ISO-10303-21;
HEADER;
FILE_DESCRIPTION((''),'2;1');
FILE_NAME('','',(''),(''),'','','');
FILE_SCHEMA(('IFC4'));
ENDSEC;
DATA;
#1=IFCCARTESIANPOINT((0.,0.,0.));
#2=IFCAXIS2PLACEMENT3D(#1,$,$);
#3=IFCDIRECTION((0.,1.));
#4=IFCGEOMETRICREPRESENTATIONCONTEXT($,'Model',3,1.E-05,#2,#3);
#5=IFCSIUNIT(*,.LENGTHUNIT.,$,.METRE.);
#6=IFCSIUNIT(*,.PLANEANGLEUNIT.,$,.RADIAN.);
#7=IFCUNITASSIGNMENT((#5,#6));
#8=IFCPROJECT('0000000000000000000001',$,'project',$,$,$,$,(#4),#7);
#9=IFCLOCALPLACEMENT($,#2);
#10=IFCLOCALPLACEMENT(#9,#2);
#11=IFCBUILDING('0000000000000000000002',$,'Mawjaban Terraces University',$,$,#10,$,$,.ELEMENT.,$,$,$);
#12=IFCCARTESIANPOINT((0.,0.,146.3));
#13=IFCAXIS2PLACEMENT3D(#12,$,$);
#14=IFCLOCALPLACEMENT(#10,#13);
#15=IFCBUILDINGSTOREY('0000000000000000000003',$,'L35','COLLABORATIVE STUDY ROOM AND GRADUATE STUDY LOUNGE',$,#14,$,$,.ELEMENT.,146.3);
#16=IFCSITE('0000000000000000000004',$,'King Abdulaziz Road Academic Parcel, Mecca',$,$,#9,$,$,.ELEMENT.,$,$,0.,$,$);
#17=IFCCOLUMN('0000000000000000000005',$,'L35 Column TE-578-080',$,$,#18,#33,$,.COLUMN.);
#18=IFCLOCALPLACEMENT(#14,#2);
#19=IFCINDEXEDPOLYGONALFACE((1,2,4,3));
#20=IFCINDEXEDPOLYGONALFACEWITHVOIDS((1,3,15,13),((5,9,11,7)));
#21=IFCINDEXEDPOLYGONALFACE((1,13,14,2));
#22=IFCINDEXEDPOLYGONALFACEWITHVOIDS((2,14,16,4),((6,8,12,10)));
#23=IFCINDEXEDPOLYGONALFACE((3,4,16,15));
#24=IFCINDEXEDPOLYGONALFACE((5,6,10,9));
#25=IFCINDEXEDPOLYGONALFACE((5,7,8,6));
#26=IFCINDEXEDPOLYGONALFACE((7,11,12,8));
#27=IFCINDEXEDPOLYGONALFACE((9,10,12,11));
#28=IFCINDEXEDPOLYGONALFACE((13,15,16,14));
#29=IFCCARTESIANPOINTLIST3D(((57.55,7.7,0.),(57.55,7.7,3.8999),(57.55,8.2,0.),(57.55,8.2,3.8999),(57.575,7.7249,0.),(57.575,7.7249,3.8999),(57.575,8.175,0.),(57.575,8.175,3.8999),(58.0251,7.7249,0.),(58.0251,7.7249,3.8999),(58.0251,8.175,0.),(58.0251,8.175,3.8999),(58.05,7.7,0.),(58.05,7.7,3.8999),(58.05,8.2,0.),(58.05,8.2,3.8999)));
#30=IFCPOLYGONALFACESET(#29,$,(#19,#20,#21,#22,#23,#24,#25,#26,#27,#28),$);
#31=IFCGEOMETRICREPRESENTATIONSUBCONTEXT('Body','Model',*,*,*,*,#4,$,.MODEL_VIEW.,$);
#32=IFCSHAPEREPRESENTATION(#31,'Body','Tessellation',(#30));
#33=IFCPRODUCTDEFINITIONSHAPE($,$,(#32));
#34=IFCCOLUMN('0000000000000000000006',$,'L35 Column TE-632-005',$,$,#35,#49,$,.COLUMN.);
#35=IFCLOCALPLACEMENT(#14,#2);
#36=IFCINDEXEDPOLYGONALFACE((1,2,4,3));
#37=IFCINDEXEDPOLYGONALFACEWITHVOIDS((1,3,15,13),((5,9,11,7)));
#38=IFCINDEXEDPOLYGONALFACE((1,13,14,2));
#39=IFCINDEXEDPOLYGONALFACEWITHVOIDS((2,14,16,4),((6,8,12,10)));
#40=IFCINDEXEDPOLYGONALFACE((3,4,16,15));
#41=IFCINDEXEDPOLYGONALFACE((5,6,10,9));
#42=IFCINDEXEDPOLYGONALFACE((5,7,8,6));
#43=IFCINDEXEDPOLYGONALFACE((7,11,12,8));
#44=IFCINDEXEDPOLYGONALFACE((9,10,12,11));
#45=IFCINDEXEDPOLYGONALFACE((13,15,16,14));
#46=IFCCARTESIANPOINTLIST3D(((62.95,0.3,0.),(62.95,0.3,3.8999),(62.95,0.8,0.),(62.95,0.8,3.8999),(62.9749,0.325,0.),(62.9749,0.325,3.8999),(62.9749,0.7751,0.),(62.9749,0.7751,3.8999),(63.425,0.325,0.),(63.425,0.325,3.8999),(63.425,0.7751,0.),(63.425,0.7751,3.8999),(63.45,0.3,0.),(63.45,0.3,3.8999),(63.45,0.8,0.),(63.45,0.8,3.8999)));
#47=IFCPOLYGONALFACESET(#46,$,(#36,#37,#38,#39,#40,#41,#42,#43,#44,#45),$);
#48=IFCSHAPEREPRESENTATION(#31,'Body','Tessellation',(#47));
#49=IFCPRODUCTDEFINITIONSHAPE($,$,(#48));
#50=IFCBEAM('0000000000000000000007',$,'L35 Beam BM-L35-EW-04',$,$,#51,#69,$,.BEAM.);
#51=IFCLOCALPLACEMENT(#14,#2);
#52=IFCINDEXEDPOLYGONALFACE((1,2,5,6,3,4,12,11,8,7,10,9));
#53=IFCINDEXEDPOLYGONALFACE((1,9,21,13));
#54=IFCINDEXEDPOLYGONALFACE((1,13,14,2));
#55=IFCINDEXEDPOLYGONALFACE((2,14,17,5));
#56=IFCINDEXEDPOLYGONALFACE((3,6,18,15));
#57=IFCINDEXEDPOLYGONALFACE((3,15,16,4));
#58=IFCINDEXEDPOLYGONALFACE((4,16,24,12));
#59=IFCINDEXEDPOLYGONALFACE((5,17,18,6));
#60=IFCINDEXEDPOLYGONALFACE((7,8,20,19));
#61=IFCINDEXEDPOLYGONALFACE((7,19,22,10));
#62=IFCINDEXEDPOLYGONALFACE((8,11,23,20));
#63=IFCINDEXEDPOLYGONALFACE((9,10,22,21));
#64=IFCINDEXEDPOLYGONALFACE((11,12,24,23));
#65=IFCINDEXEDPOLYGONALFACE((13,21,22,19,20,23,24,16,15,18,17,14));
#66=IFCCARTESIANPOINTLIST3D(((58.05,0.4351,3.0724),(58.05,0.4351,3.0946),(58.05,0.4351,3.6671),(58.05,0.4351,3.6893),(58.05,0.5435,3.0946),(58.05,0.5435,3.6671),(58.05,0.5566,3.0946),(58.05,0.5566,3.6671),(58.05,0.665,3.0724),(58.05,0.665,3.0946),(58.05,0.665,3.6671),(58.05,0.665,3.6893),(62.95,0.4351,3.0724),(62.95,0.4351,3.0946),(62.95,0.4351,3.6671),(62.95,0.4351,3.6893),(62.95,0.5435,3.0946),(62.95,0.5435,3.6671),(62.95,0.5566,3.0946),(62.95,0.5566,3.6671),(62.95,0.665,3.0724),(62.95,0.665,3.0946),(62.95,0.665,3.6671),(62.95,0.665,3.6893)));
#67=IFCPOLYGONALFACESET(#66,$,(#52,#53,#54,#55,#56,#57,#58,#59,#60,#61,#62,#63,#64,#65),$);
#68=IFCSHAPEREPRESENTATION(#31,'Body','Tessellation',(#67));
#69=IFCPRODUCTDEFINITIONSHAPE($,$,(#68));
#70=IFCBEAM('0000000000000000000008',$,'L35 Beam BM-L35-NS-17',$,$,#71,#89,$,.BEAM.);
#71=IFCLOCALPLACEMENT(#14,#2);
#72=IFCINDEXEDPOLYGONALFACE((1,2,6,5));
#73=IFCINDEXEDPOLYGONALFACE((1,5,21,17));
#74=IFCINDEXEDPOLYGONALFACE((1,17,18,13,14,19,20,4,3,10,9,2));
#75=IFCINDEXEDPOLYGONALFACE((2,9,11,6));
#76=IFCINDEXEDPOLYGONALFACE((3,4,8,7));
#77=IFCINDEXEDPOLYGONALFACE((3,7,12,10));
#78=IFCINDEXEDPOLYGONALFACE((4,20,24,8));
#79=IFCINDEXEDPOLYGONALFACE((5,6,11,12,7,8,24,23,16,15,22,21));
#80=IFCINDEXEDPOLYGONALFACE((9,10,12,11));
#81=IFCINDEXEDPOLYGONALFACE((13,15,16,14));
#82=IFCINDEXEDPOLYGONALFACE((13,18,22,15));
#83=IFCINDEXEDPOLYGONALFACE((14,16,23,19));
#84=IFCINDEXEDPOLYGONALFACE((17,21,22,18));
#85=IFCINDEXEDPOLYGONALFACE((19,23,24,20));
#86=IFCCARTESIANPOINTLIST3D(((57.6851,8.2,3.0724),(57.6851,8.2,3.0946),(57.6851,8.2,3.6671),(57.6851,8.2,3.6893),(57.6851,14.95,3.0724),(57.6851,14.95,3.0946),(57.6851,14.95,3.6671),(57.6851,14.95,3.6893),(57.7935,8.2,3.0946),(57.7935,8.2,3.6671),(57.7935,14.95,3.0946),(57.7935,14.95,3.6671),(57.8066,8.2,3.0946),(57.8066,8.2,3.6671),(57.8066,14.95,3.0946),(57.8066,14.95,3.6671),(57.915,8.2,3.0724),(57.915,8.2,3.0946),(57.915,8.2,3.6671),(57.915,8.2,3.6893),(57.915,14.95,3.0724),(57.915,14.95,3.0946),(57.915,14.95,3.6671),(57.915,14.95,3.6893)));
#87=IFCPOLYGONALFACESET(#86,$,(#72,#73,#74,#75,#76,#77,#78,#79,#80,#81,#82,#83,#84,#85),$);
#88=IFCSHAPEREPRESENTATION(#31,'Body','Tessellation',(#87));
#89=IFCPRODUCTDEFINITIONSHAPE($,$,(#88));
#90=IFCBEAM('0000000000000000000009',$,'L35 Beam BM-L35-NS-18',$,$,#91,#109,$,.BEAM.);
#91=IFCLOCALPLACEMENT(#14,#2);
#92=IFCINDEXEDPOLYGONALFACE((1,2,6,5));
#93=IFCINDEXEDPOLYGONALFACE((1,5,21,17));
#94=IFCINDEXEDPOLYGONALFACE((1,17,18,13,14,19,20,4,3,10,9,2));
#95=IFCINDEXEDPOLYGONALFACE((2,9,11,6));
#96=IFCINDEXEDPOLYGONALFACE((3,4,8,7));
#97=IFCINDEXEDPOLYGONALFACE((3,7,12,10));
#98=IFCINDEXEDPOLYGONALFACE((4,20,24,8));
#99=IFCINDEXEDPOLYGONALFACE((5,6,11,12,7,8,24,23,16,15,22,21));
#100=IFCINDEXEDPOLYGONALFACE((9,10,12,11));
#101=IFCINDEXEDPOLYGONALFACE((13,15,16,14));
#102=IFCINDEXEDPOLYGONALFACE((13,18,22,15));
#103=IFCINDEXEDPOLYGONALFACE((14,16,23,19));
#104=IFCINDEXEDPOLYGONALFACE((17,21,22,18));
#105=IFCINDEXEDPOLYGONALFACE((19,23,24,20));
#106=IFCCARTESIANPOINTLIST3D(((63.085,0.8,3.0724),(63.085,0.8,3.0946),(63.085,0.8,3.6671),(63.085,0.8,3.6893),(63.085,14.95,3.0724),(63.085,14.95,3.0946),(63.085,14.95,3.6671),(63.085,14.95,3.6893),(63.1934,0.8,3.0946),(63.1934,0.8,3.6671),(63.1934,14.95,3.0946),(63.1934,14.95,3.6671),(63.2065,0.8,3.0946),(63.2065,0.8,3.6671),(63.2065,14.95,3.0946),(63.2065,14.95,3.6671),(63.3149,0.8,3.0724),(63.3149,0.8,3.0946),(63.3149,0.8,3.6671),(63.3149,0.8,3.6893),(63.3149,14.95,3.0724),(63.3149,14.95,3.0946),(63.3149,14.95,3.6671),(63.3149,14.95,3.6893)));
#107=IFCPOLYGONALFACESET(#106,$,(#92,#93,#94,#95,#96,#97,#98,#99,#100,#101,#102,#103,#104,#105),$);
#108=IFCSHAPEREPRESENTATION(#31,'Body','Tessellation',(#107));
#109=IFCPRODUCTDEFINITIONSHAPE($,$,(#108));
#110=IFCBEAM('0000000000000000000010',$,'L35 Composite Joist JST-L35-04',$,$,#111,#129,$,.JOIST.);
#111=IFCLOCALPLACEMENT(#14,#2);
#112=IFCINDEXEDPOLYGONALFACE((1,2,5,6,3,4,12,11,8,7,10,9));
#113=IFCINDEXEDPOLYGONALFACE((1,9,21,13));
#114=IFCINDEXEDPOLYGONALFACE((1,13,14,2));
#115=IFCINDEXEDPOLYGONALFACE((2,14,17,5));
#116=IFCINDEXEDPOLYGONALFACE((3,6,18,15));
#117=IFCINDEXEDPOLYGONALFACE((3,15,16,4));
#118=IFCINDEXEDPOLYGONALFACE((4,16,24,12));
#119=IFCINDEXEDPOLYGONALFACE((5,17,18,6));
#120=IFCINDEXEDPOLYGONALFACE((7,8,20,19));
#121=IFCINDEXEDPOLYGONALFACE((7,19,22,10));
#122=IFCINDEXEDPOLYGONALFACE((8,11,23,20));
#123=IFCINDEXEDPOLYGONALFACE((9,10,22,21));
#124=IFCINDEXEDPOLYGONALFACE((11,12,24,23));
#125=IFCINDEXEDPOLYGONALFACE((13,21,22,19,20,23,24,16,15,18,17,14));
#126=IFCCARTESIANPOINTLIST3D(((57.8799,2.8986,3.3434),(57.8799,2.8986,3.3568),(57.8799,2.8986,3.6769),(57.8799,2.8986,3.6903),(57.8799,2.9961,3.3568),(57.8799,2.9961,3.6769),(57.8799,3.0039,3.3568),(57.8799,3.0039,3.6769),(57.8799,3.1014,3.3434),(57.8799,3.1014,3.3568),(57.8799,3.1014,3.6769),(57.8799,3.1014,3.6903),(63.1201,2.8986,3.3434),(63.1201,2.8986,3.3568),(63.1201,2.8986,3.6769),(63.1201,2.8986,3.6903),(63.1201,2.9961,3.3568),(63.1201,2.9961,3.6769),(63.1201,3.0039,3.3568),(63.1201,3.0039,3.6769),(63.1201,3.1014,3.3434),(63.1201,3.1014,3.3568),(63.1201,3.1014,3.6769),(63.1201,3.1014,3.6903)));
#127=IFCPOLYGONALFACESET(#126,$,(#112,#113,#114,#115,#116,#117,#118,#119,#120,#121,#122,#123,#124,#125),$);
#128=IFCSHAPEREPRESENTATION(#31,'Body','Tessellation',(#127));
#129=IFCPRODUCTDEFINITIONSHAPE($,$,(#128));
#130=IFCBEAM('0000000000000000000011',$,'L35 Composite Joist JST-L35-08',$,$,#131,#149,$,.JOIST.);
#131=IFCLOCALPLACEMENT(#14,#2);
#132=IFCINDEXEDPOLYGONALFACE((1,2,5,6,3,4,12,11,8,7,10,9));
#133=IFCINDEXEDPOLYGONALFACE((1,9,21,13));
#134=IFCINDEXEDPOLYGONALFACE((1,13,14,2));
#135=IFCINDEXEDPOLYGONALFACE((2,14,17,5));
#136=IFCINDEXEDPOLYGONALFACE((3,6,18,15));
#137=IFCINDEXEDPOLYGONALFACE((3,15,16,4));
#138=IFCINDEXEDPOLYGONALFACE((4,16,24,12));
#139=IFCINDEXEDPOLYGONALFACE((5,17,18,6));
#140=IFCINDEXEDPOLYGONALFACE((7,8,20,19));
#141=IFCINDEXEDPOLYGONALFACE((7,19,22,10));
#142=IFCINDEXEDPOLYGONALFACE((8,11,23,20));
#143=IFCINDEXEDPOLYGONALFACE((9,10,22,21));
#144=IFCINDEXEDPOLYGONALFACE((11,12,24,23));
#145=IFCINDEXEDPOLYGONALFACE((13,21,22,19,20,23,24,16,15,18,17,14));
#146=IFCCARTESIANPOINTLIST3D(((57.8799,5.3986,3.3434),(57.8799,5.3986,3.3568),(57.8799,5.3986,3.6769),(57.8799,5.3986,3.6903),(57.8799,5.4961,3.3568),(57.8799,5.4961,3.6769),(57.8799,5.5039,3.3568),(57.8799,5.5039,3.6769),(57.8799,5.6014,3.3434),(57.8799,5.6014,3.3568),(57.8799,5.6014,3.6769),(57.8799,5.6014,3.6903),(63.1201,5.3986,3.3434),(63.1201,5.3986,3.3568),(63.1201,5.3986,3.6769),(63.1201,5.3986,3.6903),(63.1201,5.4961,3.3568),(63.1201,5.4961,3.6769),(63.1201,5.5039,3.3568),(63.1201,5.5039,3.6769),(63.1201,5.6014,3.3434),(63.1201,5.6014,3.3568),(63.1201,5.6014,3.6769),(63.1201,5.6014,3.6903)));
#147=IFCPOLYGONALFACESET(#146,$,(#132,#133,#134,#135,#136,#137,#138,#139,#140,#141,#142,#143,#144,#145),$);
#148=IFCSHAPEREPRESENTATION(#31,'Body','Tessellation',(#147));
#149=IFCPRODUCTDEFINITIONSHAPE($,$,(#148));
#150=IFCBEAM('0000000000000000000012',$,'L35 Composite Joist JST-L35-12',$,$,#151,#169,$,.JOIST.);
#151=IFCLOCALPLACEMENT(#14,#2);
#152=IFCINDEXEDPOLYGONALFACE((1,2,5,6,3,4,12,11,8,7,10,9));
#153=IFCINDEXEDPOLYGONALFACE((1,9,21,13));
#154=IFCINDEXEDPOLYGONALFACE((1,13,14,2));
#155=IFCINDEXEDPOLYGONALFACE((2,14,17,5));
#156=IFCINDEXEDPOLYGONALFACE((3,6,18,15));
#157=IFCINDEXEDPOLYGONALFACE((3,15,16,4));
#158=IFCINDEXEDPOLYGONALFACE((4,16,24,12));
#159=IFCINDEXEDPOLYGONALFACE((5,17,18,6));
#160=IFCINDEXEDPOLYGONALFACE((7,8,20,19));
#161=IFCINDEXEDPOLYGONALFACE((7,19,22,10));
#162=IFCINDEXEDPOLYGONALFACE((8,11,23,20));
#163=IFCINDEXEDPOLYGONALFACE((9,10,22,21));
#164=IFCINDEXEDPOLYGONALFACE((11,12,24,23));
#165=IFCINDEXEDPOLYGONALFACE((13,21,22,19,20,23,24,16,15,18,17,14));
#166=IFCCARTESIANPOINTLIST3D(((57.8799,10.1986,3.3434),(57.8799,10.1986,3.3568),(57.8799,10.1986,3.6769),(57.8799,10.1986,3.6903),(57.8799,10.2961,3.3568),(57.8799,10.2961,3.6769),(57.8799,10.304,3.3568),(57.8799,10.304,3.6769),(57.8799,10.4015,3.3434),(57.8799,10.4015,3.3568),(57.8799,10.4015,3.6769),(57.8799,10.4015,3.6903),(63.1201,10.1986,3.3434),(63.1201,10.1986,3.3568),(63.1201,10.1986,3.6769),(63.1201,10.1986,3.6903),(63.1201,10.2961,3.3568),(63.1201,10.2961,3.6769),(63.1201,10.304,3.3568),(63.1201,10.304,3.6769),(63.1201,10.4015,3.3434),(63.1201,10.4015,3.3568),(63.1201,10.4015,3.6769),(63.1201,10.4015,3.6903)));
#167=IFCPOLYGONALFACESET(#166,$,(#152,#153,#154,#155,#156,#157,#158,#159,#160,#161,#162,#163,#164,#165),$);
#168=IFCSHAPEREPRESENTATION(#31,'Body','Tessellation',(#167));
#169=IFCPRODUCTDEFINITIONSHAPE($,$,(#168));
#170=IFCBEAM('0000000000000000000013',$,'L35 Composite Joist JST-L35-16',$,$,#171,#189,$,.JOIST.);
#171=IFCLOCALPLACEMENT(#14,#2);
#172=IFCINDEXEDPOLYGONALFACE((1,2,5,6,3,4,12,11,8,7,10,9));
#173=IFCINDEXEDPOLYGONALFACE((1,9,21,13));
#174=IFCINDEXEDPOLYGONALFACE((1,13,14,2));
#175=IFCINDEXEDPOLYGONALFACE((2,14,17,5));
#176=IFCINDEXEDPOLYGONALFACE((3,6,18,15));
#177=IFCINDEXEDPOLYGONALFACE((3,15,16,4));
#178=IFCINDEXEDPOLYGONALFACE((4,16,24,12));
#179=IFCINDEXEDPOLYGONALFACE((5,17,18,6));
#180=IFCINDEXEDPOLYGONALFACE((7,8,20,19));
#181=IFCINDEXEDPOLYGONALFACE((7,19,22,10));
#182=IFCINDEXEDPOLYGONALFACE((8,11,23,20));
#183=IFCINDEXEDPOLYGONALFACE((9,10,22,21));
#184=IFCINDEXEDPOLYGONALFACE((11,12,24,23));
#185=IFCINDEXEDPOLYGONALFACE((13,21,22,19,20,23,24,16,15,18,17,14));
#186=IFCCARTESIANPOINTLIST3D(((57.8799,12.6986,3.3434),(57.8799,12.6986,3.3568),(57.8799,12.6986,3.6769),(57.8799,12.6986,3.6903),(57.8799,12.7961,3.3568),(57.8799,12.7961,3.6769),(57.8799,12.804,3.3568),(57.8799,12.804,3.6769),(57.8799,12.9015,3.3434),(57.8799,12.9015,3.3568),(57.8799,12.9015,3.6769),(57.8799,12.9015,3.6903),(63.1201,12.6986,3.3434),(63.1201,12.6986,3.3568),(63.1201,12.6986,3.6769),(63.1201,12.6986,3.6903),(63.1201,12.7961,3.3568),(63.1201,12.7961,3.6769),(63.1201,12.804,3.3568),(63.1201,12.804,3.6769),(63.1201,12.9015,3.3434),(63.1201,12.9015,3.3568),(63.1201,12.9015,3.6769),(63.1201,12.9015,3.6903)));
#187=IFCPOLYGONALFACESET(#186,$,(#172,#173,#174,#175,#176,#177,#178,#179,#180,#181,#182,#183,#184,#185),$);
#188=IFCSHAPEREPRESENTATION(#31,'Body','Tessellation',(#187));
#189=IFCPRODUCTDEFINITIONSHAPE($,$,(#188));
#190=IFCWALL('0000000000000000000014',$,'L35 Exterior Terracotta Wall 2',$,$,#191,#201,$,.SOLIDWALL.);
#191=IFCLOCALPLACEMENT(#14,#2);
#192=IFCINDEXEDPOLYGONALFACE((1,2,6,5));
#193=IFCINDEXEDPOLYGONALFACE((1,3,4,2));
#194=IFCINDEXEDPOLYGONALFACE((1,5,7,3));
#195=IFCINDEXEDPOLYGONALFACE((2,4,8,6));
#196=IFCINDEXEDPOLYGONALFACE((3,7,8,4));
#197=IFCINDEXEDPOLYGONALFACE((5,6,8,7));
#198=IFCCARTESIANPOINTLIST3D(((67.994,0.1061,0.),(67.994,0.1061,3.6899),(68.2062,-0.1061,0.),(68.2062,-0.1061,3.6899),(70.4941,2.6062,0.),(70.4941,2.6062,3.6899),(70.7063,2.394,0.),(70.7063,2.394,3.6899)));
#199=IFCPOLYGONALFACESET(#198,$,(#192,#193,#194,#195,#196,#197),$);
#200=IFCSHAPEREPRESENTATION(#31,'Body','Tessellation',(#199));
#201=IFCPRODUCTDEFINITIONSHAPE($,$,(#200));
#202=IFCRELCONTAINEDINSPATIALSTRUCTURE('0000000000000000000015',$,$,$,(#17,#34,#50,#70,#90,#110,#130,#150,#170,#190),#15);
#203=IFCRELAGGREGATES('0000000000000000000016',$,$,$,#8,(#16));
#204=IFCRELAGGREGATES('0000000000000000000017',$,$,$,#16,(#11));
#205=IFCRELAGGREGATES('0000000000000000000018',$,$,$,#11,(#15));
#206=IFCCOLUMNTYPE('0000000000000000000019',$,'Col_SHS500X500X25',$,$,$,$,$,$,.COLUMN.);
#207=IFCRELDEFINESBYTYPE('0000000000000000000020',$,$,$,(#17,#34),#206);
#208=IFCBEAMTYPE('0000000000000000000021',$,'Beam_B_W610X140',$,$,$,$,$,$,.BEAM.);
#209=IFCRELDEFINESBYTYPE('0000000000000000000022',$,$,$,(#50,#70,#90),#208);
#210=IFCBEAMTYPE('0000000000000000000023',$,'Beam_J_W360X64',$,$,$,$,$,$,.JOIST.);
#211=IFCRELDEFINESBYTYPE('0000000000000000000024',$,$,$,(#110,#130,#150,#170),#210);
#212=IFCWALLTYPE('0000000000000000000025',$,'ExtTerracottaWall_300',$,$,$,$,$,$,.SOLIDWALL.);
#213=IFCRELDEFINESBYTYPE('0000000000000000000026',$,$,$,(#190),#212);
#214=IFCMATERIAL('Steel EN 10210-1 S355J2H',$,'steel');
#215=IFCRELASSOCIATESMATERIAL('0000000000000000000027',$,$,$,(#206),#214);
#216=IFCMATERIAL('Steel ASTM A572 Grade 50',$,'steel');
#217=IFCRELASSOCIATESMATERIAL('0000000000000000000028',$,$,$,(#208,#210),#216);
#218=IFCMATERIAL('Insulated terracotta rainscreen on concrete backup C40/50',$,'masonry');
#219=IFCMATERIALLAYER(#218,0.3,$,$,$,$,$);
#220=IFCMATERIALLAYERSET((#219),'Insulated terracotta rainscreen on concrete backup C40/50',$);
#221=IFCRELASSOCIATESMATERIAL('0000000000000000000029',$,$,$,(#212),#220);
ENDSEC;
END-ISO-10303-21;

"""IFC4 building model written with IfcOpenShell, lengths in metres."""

from ifc_helpers import new_model, si_unit, direction, frame, frame_2d, origin, origin_2d, place, context, subcontext, project, spatial, rectangle, hollow_rectangle, i_section, extrude, material, layer, layer_set, material_profile, profile_set, type_object, element, save


model = new_model("IFC4")

# Units and contexts
model_context = context("Model", 3, precision=1e-05, world=origin(), true_north=direction((0.0, 1.0)))
body_context = subcontext(model_context, "Body", "Model", "MODEL_VIEW")
ifc_project = project(units=[si_unit("LENGTHUNIT", "METRE"), si_unit("PLANEANGLEUNIT", "RADIAN")], contexts=[model_context])

# Site, building, storey
site_placement = place(None, origin())
site = spatial("IfcSite", under=ifc_project, at=site_placement, Name="King Abdulaziz Road Academic Parcel, Mecca", CompositionType="ELEMENT", RefElevation=0.0)
building_placement = place(site_placement, origin())
building = spatial("IfcBuilding", under=site, at=building_placement, Name="Mawjaban Terraces University", CompositionType="ELEMENT")
storey_placement = place(building_placement, frame((0.0, 0.0, 146.3)))
storey = spatial("IfcBuildingStorey", under=building, at=storey_placement, Name="L35", Description="COLLABORATIVE STUDY ROOM AND GRADUATE STUDY LOUNGE", CompositionType="ELEMENT", Elevation=146.3)

# Columns
ifc_material_1 = material(Name="Steel EN 10210-1 S355J2H", Category="steel")
ifc_material_profile_1 = material_profile(ifc_material_1, hollow_rectangle(XDim=0.5, YDim=0.5, WallThickness=0.0249, at=origin_2d()), Name="SHS500X500X25")
ifc_profile_set_1 = profile_set([ifc_material_profile_1], Name="Steel EN 10210-1 S355J2H")
column_type = type_object("IfcColumnType", Name="Col_SHS500X500X25", PredefinedType="COLUMN", material=ifc_profile_set_1)
for number, where, z_axis, x_axis, name in (
    (1, (57.8, 7.95, 0.0), (0.0, 0.0, 1.0), (1.0, 0.0, 0.0), "L35 Column TE-578-080"),
    (2, (63.2, 0.55, 0.0), (0.0, 0.0, 1.0), (1.0, 0.0, 0.0), "L35 Column TE-632-005"),
):
    element("IfcColumn", number, at=place(storey_placement, frame(where, z_axis=z_axis, x_axis=x_axis)), inside=storey, type_object=column_type, Name=name, PredefinedType="COLUMN", context=body_context, shape_type="SweptSolid", body=[
        extrude(hollow_rectangle(XDim=0.5, YDim=0.5, WallThickness=0.0249, at=origin_2d()), origin(), (0.0, 0.0, 1.0), 3.8999),
    ])

# Beams
ifc_material_2 = material(Name="Steel ASTM A572 Grade 50", Category="steel")
ifc_material_profile_2 = material_profile(ifc_material_2, i_section(OverallWidth=0.23, OverallDepth=0.6169, WebThickness=0.0132, FlangeThickness=0.0222, at=origin_2d()), Name="W610X140")
ifc_profile_set_2 = profile_set([ifc_material_profile_2], Name="Steel ASTM A572 Grade 50")
beam_type_1 = type_object("IfcBeamType", Name="Beam_B_W610X140", PredefinedType="BEAM", material=ifc_profile_set_2)
beam_1_placement = place(storey_placement, frame((58.05, 0.55, 3.3809), z_axis=(1.0, 0.0, 0.0), x_axis=(0.0, 1.0, 0.0)))
element("IfcBeam", 3, at=beam_1_placement, inside=storey, type_object=beam_type_1, Name="L35 Beam BM-L35-EW-04", PredefinedType="BEAM", context=body_context, shape_type="SweptSolid", body=[
    extrude(i_section(OverallWidth=0.23, OverallDepth=0.6169, WebThickness=0.0132, FlangeThickness=0.0222, at=origin_2d()), origin(), (0.0, 0.0, 1.0), 4.8999),
])
beam_2_placement = place(storey_placement, frame((57.8, 8.2, 3.3809), z_axis=(0.0, 1.0, 0.0), x_axis=(-1.0, 0.0, 0.0)))
element("IfcBeam", 4, at=beam_2_placement, inside=storey, type_object=beam_type_1, Name="L35 Beam BM-L35-NS-17", PredefinedType="BEAM", context=body_context, shape_type="SweptSolid", body=[
    extrude(i_section(OverallWidth=0.23, OverallDepth=0.6169, WebThickness=0.0132, FlangeThickness=0.0222, at=origin_2d()), origin(), (0.0, 0.0, 1.0), 6.75),
])
beam_3_placement = place(storey_placement, frame((63.2, 0.8, 3.3809), z_axis=(0.0, 1.0, 0.0), x_axis=(-1.0, 0.0, 0.0)))
element("IfcBeam", 5, at=beam_3_placement, inside=storey, type_object=beam_type_1, Name="L35 Beam BM-L35-NS-18", PredefinedType="BEAM", context=body_context, shape_type="SweptSolid", body=[
    extrude(i_section(OverallWidth=0.23, OverallDepth=0.6169, WebThickness=0.0132, FlangeThickness=0.0222, at=origin_2d()), origin(), (0.0, 0.0, 1.0), 14.1499),
])
ifc_material_profile_3 = material_profile(ifc_material_2, i_section(OverallWidth=0.2029, OverallDepth=0.3469, WebThickness=0.0078, FlangeThickness=0.0134, at=origin_2d()), Name="W360X64")
ifc_profile_set_3 = profile_set([ifc_material_profile_3], Name="Steel ASTM A572 Grade 50")
beam_type_2 = type_object("IfcBeamType", Name="Beam_J_W360X64", PredefinedType="JOIST", material=ifc_profile_set_3)
for number, where, z_axis, x_axis, name in (
    (6, (57.8799, 3.0, 3.5168), (1.0, 0.0, 0.0), (0.0, 1.0, 0.0), "L35 Composite Joist JST-L35-04"),
    (7, (57.8799, 5.5, 3.5168), (1.0, 0.0, 0.0), (0.0, 1.0, 0.0), "L35 Composite Joist JST-L35-08"),
    (8, (57.8799, 10.3, 3.5168), (1.0, 0.0, 0.0), (0.0, 1.0, 0.0), "L35 Composite Joist JST-L35-12"),
    (9, (57.8799, 12.8, 3.5168), (1.0, 0.0, 0.0), (0.0, 1.0, 0.0), "L35 Composite Joist JST-L35-16"),
):
    element("IfcBeam", number, at=place(storey_placement, frame(where, z_axis=z_axis, x_axis=x_axis)), inside=storey, type_object=beam_type_2, Name=name, PredefinedType="JOIST", context=body_context, shape_type="SweptSolid", body=[
        extrude(i_section(OverallWidth=0.2029, OverallDepth=0.3469, WebThickness=0.0078, FlangeThickness=0.0134, at=origin_2d()), origin(), (0.0, 0.0, 1.0), 5.2402),
    ])

# Wall
ifc_material_3 = material(Name="Insulated terracotta rainscreen on concrete backup C40/50", Category="masonry")
ifc_layer_1 = layer(ifc_material_3, 0.3)
ifc_layer_set_1 = layer_set([ifc_layer_1], Name="Insulated terracotta rainscreen on concrete backup C40/50")
wall_type_1 = type_object("IfcWallType", Name="ExtTerracottaWall_300", PredefinedType="SOLIDWALL", material=ifc_layer_set_1)
wall_1_placement = place(storey_placement, frame((68.1001, 0.0, 0.0), z_axis=(0.0, 0.0, 1.0), x_axis=(0.707107, 0.707107, 0.0)))
element("IfcWall", 10, at=wall_1_placement, inside=storey, type_object=wall_type_1, Name="L35 Exterior Terracotta Wall 2", PredefinedType="SOLIDWALL", context=body_context, shape_type="SweptSolid", body=[
    extrude(rectangle(XDim=3.5356, YDim=0.3, at=frame_2d((1.7678, 0.0))), origin(), (0.0, 0.0, 1.0), 3.6899),
])

save(model, "model.ifc")
